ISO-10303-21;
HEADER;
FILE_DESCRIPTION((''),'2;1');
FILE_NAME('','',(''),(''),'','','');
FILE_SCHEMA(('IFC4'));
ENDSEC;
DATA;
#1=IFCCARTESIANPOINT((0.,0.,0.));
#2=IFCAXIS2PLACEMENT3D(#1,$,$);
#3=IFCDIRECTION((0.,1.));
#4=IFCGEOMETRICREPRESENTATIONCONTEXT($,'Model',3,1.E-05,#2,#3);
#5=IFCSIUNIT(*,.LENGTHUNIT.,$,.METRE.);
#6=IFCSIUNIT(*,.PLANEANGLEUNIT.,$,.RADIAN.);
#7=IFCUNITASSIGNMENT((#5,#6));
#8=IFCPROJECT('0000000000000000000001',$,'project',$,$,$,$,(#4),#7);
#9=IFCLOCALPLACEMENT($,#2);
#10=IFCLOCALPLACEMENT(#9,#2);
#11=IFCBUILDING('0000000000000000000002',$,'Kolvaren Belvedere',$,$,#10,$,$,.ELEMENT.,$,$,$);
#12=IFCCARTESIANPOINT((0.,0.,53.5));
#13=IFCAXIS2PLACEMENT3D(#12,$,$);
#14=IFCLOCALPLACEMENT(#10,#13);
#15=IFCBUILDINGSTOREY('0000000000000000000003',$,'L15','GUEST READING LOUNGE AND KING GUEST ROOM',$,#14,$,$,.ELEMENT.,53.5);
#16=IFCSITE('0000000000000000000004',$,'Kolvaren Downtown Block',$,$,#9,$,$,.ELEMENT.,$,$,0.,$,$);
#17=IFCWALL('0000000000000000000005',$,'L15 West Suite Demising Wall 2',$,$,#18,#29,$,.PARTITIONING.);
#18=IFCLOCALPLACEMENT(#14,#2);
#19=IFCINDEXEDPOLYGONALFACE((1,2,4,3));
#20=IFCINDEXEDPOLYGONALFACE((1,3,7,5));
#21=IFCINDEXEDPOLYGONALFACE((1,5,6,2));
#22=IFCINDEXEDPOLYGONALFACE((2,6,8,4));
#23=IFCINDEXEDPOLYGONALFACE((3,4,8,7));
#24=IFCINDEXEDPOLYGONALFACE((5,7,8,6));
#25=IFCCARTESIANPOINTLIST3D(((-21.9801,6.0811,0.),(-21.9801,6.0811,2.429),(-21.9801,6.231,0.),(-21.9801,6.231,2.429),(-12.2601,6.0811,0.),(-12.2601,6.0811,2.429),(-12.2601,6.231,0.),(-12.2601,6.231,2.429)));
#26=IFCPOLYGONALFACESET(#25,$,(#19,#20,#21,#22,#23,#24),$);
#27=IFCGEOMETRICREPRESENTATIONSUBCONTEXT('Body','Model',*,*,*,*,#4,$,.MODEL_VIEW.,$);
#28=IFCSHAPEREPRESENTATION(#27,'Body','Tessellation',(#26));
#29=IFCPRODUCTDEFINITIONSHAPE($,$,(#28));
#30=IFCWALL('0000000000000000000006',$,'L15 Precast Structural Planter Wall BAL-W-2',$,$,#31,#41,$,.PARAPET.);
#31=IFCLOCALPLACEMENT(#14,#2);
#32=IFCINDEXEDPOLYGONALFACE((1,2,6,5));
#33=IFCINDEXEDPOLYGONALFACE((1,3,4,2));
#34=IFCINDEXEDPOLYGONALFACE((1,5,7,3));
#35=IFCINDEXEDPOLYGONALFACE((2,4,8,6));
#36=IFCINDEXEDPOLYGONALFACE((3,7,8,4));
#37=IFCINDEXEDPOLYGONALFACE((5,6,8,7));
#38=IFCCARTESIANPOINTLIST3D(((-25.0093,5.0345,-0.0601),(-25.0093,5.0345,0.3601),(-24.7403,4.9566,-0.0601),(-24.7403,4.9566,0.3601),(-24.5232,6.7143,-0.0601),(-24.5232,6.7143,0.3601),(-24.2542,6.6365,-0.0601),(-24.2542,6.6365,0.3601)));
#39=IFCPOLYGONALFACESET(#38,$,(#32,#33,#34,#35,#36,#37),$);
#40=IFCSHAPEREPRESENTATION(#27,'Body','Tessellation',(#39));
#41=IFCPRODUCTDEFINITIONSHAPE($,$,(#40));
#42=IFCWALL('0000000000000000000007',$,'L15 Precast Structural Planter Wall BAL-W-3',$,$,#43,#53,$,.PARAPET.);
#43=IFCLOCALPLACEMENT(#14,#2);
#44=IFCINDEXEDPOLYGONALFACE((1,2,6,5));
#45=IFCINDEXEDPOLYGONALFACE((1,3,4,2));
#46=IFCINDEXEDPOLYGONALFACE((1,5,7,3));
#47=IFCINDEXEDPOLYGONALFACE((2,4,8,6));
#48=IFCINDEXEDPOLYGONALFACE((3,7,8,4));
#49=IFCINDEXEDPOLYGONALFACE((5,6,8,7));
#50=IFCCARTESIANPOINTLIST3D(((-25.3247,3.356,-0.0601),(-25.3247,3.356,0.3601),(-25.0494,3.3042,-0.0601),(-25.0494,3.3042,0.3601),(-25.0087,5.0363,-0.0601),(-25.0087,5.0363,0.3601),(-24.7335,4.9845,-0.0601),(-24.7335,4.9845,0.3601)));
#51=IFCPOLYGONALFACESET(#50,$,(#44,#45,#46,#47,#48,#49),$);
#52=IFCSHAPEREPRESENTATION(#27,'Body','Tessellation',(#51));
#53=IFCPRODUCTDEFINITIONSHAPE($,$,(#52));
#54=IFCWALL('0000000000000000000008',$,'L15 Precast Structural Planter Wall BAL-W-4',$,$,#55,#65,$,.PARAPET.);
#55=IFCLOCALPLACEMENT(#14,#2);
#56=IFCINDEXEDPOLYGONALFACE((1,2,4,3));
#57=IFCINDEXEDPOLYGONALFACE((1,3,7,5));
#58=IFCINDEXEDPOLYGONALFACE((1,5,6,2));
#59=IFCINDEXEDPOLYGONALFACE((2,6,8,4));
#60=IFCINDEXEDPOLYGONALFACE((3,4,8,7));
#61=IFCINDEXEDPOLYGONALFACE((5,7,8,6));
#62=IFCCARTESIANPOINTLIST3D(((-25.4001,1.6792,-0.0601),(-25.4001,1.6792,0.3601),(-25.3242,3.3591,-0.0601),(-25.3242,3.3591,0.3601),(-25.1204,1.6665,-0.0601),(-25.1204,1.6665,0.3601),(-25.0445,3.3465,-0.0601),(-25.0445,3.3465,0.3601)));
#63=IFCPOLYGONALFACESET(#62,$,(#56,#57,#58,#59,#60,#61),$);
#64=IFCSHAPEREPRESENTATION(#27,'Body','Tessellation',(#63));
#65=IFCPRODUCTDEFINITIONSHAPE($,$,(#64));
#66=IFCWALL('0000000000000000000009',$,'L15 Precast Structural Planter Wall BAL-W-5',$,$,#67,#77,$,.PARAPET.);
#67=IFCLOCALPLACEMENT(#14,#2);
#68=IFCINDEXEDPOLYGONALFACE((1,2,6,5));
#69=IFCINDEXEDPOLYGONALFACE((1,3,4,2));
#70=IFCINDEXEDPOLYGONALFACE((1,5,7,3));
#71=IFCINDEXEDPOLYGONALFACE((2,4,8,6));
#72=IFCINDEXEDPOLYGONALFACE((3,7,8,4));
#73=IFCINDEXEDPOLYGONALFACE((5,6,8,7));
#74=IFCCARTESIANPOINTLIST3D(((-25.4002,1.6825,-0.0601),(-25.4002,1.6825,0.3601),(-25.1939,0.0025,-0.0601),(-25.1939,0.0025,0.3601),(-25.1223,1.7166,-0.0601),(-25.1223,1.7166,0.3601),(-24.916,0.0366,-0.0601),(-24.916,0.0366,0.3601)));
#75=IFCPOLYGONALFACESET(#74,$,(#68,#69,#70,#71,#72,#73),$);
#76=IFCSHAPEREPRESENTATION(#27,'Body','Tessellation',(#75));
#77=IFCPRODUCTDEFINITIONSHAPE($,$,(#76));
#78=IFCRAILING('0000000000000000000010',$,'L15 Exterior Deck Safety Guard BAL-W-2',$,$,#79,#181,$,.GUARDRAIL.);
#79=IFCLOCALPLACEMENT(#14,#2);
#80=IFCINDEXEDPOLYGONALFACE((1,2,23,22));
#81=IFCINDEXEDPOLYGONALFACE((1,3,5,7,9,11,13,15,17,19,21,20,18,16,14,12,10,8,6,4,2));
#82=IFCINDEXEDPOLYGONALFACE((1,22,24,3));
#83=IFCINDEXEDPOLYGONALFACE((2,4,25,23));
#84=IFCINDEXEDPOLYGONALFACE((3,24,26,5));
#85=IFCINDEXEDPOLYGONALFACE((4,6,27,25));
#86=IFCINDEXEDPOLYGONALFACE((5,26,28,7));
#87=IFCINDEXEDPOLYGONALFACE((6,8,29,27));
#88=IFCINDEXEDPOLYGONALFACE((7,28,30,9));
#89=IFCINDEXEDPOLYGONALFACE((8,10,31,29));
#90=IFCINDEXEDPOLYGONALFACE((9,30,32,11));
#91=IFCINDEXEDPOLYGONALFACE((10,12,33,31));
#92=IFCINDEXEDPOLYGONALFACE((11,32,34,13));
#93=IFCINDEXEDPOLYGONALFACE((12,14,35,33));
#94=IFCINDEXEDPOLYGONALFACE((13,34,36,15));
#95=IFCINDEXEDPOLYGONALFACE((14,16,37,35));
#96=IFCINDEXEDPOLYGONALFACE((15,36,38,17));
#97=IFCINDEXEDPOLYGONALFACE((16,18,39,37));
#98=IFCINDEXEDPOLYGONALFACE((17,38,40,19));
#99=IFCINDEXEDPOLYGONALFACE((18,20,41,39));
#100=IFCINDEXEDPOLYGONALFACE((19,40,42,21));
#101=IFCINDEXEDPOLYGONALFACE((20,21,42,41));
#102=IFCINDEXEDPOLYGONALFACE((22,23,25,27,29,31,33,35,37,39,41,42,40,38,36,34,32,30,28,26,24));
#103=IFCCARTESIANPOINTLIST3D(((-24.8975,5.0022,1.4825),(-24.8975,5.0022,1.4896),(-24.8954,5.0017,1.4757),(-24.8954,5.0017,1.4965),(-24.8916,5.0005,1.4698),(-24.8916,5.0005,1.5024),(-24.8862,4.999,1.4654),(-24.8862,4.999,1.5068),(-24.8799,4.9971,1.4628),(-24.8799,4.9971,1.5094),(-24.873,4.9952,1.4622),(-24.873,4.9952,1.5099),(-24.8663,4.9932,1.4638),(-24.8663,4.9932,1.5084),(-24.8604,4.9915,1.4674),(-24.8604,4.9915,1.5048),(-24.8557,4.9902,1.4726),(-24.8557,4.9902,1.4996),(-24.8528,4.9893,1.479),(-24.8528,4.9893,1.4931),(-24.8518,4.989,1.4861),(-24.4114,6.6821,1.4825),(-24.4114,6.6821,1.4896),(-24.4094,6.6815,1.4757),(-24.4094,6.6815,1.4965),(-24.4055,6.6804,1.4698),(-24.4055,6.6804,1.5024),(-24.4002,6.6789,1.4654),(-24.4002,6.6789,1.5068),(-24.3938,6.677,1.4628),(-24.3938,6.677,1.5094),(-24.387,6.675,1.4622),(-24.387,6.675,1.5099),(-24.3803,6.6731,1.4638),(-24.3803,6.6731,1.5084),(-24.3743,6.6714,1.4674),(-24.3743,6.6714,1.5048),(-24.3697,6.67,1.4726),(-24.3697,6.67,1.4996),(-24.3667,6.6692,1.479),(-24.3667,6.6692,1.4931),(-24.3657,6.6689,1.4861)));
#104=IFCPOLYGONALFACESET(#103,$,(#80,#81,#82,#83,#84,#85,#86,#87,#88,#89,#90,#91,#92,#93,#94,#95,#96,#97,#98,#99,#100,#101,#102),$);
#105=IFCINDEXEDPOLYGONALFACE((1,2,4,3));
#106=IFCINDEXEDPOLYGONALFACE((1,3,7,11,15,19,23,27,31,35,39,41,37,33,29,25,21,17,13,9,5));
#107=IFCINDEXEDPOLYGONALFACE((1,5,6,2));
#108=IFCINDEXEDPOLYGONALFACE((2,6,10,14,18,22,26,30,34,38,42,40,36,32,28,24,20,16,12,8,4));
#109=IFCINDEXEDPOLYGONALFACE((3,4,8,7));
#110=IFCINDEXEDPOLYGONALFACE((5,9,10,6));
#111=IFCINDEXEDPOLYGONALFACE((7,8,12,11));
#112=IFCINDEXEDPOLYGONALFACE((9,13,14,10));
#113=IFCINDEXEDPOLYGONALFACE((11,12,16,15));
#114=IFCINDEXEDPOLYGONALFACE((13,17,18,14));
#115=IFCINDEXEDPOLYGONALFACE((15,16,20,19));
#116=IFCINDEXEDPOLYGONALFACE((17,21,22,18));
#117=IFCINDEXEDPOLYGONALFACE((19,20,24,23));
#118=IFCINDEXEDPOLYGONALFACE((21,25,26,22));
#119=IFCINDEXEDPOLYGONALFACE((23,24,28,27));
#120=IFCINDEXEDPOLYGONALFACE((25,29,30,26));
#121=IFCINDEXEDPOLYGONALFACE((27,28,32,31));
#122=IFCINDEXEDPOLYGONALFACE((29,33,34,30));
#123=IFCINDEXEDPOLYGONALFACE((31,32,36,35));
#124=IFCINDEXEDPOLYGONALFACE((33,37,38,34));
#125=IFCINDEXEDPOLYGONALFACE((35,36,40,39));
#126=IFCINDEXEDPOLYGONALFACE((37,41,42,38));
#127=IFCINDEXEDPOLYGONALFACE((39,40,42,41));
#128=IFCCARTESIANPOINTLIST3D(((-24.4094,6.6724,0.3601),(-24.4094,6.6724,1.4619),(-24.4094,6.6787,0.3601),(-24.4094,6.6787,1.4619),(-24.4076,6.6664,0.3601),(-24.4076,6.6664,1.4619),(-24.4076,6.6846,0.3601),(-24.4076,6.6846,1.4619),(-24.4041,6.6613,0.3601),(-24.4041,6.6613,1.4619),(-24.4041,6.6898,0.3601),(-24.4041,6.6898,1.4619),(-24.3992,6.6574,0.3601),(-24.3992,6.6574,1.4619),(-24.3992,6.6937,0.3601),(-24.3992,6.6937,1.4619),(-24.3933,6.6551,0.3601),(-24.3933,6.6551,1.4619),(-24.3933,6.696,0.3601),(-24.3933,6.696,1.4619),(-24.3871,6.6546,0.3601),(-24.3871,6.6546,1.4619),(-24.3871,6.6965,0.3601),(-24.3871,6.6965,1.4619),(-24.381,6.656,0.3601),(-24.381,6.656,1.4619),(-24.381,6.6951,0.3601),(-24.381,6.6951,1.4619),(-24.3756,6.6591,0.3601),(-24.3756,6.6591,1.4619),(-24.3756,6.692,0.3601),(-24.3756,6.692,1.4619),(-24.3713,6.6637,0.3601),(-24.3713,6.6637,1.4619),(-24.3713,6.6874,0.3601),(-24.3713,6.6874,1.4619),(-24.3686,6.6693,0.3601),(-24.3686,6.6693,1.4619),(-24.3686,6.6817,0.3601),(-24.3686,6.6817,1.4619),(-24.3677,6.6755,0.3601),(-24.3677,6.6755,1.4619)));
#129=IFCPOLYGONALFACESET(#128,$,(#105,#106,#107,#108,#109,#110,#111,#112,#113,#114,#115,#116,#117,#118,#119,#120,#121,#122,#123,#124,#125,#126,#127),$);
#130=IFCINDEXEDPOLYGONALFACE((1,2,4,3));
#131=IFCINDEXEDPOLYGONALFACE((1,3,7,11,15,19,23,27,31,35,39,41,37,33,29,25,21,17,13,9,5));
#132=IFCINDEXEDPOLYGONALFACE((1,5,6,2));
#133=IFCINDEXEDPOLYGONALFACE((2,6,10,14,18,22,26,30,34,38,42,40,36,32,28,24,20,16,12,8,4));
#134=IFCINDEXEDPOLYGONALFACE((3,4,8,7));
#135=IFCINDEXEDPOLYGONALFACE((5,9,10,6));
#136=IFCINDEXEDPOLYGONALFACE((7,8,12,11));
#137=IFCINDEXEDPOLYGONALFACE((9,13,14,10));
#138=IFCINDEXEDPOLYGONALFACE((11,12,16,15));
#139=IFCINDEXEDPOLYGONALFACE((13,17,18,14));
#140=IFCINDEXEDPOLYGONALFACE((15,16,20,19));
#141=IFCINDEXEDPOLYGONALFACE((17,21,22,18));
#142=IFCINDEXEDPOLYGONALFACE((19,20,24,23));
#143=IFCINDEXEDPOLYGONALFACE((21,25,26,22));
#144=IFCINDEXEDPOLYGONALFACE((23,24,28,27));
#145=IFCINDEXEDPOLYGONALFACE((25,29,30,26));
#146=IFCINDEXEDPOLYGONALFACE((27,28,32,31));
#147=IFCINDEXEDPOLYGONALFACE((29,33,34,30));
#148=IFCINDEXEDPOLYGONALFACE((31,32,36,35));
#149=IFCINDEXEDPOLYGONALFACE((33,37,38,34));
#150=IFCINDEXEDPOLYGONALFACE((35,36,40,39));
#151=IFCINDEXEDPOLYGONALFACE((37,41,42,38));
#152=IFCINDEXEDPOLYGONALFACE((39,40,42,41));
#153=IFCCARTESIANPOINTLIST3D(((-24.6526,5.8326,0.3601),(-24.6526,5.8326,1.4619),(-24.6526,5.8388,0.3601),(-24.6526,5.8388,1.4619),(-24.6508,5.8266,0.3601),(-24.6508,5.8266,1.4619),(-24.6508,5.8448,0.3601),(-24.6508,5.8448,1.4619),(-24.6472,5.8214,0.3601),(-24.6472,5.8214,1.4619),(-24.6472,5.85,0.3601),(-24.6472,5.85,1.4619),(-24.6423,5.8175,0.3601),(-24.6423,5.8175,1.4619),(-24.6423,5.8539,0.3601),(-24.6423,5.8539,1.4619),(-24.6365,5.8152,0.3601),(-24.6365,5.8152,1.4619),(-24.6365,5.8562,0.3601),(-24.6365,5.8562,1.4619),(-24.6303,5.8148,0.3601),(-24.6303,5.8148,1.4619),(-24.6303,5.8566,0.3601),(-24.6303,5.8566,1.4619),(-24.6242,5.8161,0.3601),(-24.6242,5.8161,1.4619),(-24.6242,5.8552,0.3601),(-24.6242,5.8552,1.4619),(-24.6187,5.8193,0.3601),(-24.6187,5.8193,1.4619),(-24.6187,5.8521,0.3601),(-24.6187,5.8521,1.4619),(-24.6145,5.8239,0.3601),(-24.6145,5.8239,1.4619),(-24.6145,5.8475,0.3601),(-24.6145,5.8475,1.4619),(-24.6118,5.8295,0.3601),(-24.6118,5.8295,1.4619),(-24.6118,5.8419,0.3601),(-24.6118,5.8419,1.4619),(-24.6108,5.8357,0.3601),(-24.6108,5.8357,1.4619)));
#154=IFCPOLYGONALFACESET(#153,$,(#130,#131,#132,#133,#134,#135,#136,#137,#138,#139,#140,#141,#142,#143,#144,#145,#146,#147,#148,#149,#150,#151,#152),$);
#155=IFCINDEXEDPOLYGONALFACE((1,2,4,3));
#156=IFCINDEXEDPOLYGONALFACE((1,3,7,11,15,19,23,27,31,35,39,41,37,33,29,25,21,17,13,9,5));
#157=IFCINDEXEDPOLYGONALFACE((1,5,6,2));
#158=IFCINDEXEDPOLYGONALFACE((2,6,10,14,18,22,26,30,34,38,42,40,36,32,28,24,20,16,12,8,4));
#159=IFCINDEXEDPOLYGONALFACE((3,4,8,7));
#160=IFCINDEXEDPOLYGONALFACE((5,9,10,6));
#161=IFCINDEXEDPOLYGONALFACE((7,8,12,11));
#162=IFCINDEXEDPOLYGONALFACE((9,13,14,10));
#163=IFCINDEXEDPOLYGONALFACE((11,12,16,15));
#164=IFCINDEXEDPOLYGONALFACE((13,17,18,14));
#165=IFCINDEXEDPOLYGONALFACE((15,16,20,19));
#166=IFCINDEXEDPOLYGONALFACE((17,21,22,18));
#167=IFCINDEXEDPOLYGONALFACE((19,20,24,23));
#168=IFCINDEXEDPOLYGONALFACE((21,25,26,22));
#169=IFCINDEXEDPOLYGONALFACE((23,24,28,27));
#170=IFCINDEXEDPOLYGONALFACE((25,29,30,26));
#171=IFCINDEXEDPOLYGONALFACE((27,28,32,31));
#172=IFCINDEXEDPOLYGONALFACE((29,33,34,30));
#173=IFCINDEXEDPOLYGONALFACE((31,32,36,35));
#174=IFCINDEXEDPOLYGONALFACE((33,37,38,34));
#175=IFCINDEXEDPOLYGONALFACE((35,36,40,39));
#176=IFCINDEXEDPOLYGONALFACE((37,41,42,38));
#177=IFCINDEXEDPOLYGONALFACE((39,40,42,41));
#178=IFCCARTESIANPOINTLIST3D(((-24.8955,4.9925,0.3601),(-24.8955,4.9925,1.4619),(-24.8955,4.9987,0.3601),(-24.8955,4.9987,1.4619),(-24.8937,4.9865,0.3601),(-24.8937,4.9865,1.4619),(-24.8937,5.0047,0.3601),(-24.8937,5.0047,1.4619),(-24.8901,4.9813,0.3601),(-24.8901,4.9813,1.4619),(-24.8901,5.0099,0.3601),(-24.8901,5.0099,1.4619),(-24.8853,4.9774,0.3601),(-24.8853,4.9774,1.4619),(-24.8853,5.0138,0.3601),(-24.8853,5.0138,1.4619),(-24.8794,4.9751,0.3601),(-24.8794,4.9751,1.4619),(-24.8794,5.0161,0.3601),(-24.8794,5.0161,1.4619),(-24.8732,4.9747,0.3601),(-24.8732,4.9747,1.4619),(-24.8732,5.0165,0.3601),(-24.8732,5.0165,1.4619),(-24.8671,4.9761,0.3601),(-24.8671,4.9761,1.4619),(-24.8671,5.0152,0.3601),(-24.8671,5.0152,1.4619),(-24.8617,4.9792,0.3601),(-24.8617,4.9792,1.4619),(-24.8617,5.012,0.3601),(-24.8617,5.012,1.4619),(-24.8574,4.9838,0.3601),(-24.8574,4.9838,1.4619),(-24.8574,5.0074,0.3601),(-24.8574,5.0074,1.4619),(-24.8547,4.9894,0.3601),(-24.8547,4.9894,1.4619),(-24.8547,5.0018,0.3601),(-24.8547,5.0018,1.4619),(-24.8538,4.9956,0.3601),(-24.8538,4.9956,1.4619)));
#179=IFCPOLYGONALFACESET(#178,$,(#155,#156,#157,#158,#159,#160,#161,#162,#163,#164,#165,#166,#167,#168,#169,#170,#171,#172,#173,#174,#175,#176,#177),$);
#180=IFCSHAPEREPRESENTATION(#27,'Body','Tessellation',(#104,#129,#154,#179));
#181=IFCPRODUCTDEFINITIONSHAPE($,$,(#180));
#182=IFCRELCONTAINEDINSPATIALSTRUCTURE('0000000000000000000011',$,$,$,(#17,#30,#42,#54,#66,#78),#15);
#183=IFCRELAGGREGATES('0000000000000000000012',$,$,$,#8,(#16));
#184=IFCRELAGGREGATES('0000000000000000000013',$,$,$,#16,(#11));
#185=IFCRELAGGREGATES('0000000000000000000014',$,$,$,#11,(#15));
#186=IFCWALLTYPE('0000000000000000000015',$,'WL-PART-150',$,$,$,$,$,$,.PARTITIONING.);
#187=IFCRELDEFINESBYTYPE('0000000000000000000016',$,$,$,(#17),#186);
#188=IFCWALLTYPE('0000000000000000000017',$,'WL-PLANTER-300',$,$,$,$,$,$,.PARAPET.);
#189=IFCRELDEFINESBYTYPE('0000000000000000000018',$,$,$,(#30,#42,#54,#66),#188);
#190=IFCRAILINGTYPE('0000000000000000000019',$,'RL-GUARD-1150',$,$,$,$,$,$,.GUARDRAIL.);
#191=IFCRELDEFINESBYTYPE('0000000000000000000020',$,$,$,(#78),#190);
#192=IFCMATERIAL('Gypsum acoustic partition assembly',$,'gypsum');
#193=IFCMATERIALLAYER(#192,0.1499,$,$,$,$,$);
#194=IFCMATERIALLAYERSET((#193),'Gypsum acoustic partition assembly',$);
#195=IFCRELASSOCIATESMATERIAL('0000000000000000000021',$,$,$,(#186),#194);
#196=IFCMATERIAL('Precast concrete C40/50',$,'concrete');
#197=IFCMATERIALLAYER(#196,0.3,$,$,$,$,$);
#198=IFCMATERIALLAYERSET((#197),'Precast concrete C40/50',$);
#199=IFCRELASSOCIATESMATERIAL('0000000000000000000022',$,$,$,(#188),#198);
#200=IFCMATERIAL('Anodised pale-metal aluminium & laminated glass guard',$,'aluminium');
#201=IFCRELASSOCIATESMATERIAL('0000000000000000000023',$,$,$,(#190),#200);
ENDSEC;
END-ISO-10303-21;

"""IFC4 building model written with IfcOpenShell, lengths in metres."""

from ifc_helpers import new_model, si_unit, direction, frame, frame_2d, origin, origin_2d, place, context, subcontext, project, spatial, rectangle, circle, extrude, material, layer, layer_set, type_object, element, save


model = new_model("IFC4")

# Units and contexts
model_context = context("Model", 3, precision=1e-05, world=origin(), true_north=direction((0.0, 1.0)))
body_context = subcontext(model_context, "Body", "Model", "MODEL_VIEW")
ifc_project = project(units=[si_unit("LENGTHUNIT", "METRE"), si_unit("PLANEANGLEUNIT", "RADIAN")], contexts=[model_context])

# Site, building, storey
site_placement = place(None, origin())
site = spatial("IfcSite", under=ifc_project, at=site_placement, Name="Kolvaren Downtown Block", CompositionType="ELEMENT", RefElevation=0.0)
building_placement = place(site_placement, origin())
building = spatial("IfcBuilding", under=site, at=building_placement, Name="Kolvaren Belvedere", CompositionType="ELEMENT")
storey_placement = place(building_placement, frame((0.0, 0.0, 53.5)))
storey = spatial("IfcBuildingStorey", under=building, at=storey_placement, Name="L15", Description="GUEST READING LOUNGE AND KING GUEST ROOM", CompositionType="ELEMENT", Elevation=53.5)

# Walls
ifc_material_1 = material(Name="Gypsum acoustic partition assembly", Category="gypsum")
ifc_layer_1 = layer(ifc_material_1, 0.1499)
ifc_layer_set_1 = layer_set([ifc_layer_1], Name="Gypsum acoustic partition assembly")
wall_type_1 = type_object("IfcWallType", Name="WL-PART-150", PredefinedType="PARTITIONING", material=ifc_layer_set_1)
wall_1_placement = place(storey_placement, frame((-21.98, 6.156, 0.0), z_axis=(0.0, 0.0, 1.0), x_axis=(1.0, 0.0, 0.0)))
element("IfcWall", 1, at=wall_1_placement, inside=storey, type_object=wall_type_1, Name="L15 West Suite Demising Wall 2", PredefinedType="PARTITIONING", context=body_context, shape_type="SweptSolid", body=[
    extrude(rectangle(XDim=9.72, YDim=0.1499, at=frame_2d((4.8599, 0.0))), origin(), (0.0, 0.0, 1.0), 2.429),
])
ifc_material_2 = material(Name="Precast concrete C40/50", Category="concrete")
ifc_layer_2 = layer(ifc_material_2, 0.3)
ifc_layer_set_2 = layer_set([ifc_layer_2], Name="Precast concrete C40/50")
wall_type_2 = type_object("IfcWallType", Name="WL-PLANTER-300", PredefinedType="PARAPET", material=ifc_layer_set_2)
wall_2_placement = place(storey_placement, frame((-24.3887, 6.6755, -0.0601), z_axis=(0.0, 0.0, 1.0), x_axis=(-0.277946, -0.960597, 0.0)))
element("IfcWall", 2, at=wall_2_placement, inside=storey, type_object=wall_type_2, Name="L15 Precast Structural Planter Wall BAL-W-2", PredefinedType="PARAPET", context=body_context, shape_type="SweptSolid", body=[
    extrude(rectangle(XDim=1.7488, YDim=0.28, at=frame_2d((0.8745, 0.0))), origin(), (0.0, 0.0, 1.0), 0.4202),
])
wall_3_placement = place(storey_placement, frame((-24.8711, 5.0105, -0.0601), z_axis=(0.0, 0.0, 1.0), x_axis=(-0.184789, -0.982778, 0.0)))
element("IfcWall", 3, at=wall_3_placement, inside=storey, type_object=wall_type_2, Name="L15 Precast Structural Planter Wall BAL-W-3", PredefinedType="PARAPET", context=body_context, shape_type="SweptSolid", body=[
    extrude(rectangle(XDim=1.7097, YDim=0.28, at=frame_2d((0.855, 0.0))), origin(), (0.0, 0.0, 1.0), 0.4202),
])
wall_4_placement = place(storey_placement, frame((-25.1843, 3.3528, -0.0601), z_axis=(0.0, 0.0, 1.0), x_axis=(-0.045151, -0.99898, 0.0)))
element("IfcWall", 4, at=wall_4_placement, inside=storey, type_object=wall_type_2, Name="L15 Precast Structural Planter Wall BAL-W-4", PredefinedType="PARAPET", context=body_context, shape_type="SweptSolid", body=[
    extrude(rectangle(XDim=1.6816, YDim=0.28, at=frame_2d((0.8408, 0.0))), origin(), (0.0, 0.0, 1.0), 0.4202),
])
wall_5_placement = place(storey_placement, frame((-25.2612, 1.6995, -0.0601), z_axis=(0.0, 0.0, 1.0), x_axis=(0.121886, -0.992544, 0.0)))
element("IfcWall", 5, at=wall_5_placement, inside=storey, type_object=wall_type_2, Name="L15 Precast Structural Planter Wall BAL-W-5", PredefinedType="PARAPET", context=body_context, shape_type="SweptSolid", body=[
    extrude(rectangle(XDim=1.6926, YDim=0.28, at=frame_2d((0.8462, 0.0))), origin(), (0.0, 0.0, 1.0), 0.4202),
])

# Railing
ifc_material_3 = material(Name="Anodised pale-metal aluminium & laminated glass guard", Category="aluminium")
railing_type = type_object("IfcRailingType", Name="RL-GUARD-1150", PredefinedType="GUARDRAIL", material=ifc_material_3)
railing_1_placement = place(storey_placement, frame((-24.3887, 6.6755, 0.3601)))
element("IfcRailing", 6, at=railing_1_placement, inside=storey, type_object=railing_type, Name="L15 Exterior Deck Safety Guard BAL-W-2", PredefinedType="GUARDRAIL", context=body_context, shape_type="SweptSolid", body=[
    extrude(circle(Radius=0.0239, at=origin_2d()), frame((0.0, 0.0, 1.126), z_axis=(-0.277946, -0.960597, 0.0), x_axis=(0.960597, -0.277946, 0.0)), (0.0, 0.0, 1.0), 1.7488),
    extrude(circle(Radius=0.021, at=origin_2d()), origin(), (0.0, 0.0, 1.0), 1.1018),
    extrude(circle(Radius=0.021, at=origin_2d()), frame((-0.2432, -0.8398, 0.0)), (0.0, 0.0, 1.0), 1.1018),
    extrude(circle(Radius=0.021, at=origin_2d()), frame((-0.4861, -1.6799, 0.0)), (0.0, 0.0, 1.0), 1.1018),
])

save(model, "model.ifc")
